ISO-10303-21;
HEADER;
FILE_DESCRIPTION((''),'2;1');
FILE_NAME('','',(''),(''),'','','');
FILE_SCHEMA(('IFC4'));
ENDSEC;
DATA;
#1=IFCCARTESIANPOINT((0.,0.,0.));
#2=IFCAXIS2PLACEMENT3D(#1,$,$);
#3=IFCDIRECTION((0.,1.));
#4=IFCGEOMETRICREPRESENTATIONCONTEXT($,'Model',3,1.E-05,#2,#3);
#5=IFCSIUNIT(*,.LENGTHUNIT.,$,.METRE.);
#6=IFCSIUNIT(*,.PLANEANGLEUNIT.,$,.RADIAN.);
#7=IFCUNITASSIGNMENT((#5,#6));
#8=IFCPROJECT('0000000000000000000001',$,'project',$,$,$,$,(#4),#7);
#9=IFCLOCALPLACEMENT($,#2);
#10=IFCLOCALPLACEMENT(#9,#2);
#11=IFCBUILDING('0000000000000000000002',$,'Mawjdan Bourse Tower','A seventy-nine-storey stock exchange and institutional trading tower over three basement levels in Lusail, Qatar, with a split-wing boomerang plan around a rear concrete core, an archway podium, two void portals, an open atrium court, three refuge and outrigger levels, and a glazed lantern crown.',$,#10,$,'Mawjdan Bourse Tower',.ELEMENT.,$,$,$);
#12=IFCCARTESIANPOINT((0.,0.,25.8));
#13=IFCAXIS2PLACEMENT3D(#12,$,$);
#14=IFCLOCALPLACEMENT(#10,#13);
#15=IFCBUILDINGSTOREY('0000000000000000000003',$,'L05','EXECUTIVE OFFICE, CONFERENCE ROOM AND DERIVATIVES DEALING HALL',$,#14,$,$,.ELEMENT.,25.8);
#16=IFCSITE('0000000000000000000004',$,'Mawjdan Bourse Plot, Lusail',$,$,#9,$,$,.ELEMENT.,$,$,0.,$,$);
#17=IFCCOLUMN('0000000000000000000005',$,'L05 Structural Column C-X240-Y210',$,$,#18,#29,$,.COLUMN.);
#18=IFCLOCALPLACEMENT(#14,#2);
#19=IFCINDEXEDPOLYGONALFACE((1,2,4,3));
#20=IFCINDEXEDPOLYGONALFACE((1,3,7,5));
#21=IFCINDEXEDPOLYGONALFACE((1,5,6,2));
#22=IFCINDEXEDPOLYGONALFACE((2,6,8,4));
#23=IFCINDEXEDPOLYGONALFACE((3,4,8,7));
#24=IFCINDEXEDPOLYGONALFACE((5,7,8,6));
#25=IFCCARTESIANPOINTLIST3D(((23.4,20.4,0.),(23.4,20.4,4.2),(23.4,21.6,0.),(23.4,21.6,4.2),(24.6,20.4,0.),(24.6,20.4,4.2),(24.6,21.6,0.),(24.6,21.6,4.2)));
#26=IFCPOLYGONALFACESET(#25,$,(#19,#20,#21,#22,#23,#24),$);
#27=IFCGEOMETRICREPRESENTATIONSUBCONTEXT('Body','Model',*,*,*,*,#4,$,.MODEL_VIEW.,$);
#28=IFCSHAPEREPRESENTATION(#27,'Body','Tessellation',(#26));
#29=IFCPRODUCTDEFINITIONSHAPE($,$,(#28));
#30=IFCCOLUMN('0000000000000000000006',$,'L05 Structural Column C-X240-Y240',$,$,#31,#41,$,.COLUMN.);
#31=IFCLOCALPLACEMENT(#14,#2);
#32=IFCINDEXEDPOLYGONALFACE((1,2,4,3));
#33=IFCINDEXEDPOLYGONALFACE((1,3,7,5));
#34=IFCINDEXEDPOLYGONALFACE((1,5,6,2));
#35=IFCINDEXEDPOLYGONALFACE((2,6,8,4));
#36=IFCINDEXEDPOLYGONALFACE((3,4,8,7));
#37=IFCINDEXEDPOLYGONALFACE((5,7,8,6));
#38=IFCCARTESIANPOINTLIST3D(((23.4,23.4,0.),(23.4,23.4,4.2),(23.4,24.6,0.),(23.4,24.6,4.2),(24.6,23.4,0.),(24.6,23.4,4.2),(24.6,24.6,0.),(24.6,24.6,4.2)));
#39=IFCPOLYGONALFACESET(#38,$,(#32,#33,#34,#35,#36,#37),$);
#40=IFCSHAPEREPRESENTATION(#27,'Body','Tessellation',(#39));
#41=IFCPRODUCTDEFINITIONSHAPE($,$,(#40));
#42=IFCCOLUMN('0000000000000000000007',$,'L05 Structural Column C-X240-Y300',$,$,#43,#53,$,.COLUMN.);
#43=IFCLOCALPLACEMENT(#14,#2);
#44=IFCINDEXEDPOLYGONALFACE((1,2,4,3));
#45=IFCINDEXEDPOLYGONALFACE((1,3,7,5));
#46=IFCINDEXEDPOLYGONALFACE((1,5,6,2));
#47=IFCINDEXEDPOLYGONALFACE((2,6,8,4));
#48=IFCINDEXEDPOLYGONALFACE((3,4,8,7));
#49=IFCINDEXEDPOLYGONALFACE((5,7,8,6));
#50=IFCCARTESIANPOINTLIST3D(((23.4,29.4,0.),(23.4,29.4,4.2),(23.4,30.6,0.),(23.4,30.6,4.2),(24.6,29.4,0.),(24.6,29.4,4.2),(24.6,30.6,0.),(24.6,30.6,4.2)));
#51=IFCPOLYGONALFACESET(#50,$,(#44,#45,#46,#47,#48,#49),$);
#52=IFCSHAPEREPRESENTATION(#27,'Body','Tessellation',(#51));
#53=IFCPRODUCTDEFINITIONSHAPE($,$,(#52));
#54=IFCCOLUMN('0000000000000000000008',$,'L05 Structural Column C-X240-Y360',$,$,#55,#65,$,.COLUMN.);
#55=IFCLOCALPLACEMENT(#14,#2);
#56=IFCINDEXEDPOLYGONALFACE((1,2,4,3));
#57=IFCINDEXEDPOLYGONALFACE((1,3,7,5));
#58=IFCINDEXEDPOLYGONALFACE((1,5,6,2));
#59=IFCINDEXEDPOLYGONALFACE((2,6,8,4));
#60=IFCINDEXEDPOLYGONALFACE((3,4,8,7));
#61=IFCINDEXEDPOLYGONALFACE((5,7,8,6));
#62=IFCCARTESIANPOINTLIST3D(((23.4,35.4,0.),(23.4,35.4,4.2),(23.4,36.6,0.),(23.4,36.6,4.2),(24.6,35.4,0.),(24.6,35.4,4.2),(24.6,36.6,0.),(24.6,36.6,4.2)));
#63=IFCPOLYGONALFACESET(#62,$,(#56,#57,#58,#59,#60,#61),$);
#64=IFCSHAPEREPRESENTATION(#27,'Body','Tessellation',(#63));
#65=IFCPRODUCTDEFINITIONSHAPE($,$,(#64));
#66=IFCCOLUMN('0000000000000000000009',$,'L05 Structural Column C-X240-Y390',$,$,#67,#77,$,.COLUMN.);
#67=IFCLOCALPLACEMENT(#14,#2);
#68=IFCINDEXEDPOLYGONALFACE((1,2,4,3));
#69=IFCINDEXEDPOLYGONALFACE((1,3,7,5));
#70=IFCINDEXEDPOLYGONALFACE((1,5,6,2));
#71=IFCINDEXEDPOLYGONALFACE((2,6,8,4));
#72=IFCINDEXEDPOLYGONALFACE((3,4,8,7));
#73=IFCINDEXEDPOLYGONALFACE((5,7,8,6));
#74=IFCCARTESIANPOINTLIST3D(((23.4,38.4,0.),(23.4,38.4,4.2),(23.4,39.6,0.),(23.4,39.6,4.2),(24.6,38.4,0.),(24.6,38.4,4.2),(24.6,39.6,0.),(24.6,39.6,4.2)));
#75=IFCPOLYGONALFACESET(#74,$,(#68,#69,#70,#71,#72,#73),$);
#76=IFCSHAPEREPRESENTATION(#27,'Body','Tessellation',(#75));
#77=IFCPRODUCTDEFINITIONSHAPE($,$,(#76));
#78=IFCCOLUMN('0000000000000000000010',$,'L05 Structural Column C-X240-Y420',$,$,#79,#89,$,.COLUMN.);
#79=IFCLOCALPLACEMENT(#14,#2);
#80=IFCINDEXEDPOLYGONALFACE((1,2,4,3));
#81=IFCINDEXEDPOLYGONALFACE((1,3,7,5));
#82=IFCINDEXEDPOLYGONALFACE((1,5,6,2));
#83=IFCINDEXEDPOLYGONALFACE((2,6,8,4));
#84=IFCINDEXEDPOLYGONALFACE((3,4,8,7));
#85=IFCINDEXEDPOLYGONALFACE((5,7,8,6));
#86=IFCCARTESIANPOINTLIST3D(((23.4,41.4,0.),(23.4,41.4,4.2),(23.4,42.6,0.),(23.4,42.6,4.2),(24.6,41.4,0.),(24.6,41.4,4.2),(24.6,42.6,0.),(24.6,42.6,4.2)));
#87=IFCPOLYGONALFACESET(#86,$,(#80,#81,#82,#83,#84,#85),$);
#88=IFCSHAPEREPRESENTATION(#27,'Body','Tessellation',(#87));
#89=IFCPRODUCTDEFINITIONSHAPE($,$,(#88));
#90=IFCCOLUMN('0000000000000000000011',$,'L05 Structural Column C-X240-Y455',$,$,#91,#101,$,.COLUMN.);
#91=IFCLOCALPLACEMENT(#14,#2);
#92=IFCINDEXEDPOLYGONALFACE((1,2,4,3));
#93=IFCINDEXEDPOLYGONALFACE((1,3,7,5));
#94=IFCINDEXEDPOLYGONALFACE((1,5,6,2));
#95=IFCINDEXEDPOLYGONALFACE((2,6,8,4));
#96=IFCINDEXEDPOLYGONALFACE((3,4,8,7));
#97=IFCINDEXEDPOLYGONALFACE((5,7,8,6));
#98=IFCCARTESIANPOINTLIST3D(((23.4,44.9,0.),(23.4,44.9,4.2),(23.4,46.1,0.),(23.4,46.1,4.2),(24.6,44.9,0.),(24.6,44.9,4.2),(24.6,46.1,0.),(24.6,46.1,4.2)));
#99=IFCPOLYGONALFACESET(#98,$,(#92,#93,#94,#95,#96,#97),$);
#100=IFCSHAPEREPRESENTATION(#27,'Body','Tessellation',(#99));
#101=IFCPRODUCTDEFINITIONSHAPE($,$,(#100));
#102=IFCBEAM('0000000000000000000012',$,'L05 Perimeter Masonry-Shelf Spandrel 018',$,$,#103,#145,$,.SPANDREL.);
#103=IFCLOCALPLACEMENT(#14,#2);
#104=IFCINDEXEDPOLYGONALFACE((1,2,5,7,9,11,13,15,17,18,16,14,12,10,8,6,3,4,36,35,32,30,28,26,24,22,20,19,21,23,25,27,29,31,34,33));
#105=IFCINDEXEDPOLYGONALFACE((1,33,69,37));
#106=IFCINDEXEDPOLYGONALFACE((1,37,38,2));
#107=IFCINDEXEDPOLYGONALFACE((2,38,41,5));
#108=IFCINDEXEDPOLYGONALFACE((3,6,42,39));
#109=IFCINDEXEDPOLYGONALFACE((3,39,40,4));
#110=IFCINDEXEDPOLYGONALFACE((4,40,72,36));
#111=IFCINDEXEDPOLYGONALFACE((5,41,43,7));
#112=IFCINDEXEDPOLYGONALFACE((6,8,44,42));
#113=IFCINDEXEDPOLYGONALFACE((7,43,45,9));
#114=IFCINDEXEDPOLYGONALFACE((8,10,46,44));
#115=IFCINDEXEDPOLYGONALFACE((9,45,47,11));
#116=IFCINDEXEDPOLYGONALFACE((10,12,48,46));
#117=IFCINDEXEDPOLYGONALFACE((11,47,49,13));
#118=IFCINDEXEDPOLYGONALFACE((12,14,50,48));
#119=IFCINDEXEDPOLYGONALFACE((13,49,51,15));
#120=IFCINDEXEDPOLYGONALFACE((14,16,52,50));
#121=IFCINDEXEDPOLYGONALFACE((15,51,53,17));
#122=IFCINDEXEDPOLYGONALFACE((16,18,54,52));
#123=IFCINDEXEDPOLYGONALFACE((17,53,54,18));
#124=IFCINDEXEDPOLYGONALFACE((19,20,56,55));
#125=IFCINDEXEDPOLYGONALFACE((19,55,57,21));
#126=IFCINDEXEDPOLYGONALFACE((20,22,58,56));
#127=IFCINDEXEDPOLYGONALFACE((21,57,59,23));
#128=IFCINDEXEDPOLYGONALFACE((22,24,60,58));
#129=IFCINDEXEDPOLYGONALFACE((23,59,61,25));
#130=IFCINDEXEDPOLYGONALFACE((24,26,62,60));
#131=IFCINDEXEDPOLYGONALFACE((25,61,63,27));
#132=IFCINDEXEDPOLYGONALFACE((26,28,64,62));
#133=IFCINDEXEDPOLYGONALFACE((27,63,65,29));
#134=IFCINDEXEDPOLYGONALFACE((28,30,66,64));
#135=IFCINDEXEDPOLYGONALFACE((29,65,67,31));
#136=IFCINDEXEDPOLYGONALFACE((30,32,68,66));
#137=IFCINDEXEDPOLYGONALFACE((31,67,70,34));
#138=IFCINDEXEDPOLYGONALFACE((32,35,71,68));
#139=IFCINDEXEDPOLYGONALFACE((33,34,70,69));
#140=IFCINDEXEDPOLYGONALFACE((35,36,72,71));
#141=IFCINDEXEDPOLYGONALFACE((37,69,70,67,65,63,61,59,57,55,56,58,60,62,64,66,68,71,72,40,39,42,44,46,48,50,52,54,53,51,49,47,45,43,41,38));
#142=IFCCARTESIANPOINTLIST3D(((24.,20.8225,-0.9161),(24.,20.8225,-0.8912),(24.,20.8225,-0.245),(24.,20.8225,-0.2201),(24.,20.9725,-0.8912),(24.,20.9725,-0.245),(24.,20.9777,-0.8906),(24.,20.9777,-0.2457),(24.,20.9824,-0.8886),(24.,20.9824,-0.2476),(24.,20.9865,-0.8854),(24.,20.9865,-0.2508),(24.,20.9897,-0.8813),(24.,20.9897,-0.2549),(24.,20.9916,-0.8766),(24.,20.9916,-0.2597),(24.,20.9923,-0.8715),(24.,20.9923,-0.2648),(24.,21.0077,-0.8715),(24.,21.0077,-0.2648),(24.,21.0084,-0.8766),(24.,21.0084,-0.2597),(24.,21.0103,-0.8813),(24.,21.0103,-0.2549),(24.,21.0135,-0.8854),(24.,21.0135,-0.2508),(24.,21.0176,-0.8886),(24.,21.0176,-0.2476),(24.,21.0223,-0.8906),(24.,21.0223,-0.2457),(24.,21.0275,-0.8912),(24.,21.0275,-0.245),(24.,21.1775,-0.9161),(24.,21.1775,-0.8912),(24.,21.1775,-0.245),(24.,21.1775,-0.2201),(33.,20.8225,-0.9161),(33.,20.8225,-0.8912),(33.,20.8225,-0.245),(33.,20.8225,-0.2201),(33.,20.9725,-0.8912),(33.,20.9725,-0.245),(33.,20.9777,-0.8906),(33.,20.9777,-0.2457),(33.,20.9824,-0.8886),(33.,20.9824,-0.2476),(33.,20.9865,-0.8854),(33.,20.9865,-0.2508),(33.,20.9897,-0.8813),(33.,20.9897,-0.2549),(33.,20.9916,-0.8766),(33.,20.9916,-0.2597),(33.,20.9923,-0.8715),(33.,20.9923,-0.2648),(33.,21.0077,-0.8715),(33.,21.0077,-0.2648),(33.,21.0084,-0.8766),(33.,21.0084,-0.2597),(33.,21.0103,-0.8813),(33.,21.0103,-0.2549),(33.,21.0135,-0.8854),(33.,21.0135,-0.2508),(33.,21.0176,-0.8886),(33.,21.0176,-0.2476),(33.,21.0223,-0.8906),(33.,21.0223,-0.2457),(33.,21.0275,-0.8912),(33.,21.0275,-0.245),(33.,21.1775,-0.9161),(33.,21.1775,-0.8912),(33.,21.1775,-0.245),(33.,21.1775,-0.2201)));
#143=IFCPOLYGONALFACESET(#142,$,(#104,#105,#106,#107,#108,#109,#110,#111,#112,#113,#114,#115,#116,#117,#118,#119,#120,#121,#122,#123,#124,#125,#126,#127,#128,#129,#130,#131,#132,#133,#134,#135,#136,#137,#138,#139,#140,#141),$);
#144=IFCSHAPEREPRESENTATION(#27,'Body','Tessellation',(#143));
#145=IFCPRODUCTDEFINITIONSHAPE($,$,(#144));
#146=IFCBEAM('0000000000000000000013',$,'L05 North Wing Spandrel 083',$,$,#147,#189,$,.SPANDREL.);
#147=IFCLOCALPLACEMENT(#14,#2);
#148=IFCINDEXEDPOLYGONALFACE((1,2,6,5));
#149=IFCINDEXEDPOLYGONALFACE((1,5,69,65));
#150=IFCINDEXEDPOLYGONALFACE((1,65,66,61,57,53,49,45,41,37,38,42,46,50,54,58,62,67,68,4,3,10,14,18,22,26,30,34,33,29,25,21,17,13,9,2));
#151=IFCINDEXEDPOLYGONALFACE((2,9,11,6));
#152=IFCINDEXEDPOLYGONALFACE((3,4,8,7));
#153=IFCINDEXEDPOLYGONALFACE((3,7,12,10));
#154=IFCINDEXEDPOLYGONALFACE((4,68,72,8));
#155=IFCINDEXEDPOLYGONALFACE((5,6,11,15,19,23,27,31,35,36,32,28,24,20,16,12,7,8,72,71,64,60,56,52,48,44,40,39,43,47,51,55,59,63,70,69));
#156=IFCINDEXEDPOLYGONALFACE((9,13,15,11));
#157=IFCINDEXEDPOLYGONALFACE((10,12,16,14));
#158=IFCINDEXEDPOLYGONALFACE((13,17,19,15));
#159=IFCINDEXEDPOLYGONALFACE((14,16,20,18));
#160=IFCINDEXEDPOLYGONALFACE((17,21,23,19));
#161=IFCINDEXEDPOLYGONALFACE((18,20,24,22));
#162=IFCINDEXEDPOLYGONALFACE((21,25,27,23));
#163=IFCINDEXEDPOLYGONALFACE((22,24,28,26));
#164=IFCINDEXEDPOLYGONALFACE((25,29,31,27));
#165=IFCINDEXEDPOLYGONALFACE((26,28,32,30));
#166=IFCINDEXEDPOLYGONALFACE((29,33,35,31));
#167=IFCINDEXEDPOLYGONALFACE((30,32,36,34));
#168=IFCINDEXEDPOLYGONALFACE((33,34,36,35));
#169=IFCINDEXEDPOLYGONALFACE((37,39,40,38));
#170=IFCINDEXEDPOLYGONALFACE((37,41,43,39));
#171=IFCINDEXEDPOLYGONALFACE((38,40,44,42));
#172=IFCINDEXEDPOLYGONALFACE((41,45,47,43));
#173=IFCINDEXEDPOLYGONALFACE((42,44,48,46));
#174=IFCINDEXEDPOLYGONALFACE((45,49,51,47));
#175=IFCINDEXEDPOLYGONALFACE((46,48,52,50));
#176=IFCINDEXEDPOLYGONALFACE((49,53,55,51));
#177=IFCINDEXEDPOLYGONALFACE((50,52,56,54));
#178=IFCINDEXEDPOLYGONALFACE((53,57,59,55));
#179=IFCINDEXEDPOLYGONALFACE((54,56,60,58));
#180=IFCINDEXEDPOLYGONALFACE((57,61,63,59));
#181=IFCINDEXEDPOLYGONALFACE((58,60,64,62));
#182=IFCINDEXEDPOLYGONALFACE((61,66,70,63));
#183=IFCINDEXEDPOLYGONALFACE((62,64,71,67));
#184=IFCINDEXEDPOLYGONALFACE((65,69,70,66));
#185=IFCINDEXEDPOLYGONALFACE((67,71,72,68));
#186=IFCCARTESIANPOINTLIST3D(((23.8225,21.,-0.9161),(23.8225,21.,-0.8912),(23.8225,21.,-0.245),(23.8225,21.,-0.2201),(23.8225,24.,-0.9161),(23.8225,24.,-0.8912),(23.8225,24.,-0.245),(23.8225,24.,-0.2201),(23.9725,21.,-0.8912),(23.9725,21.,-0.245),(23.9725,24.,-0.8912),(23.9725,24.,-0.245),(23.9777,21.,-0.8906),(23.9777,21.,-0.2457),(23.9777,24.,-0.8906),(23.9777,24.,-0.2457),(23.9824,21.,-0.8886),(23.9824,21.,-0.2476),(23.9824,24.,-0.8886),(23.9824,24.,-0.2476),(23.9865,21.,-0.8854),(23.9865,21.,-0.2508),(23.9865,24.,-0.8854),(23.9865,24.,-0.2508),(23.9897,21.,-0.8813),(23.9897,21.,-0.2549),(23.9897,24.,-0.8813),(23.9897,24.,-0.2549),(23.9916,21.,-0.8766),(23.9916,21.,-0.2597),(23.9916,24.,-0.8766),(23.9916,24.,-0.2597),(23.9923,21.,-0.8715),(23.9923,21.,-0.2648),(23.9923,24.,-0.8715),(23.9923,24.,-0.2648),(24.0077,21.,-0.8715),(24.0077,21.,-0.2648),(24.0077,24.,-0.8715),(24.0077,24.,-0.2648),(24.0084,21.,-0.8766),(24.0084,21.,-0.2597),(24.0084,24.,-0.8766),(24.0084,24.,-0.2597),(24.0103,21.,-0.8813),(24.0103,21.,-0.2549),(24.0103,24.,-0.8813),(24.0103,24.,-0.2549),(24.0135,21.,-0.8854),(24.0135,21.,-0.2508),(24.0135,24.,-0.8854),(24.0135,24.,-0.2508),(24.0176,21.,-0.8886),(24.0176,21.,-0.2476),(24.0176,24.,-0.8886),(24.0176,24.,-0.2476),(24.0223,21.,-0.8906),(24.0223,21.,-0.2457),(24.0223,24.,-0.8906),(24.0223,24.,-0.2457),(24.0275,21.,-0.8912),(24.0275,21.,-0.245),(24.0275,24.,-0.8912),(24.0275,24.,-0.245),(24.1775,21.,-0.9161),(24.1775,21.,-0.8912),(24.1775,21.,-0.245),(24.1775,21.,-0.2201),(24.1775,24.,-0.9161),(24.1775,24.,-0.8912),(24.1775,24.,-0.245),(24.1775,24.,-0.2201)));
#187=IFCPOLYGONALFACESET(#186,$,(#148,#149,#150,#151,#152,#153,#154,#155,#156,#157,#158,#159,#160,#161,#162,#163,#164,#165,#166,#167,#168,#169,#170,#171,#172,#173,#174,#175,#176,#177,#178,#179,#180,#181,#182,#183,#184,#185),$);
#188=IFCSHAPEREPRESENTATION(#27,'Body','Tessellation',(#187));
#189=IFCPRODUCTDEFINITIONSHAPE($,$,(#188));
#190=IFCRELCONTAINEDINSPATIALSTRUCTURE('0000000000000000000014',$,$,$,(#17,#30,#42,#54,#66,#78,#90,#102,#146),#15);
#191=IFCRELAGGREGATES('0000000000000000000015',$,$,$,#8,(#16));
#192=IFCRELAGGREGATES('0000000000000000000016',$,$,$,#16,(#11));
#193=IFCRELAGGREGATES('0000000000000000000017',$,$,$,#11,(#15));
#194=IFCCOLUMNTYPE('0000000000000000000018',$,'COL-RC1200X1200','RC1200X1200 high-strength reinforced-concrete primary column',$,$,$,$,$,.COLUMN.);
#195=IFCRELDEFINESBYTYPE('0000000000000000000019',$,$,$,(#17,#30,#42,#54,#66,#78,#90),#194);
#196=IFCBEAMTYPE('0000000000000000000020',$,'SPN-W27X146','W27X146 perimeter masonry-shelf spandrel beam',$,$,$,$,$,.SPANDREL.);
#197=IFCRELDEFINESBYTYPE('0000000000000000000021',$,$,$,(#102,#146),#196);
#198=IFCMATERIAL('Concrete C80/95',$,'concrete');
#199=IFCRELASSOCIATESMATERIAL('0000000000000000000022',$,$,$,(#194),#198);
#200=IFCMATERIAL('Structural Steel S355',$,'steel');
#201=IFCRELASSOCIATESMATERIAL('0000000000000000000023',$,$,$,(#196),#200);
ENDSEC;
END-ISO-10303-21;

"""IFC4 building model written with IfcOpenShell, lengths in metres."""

from ifc_helpers import new_model, si_unit, direction, frame, origin, origin_2d, place, context, subcontext, project, spatial, rectangle, i_section, extrude, material, material_profile, profile_set, type_object, element, save


model = new_model("IFC4")

# Units and contexts
model_context = context("Model", 3, precision=1e-05, world=origin(), true_north=direction((0.0, 1.0)))
body_context = subcontext(model_context, "Body", "Model", "MODEL_VIEW")
ifc_project = project(units=[si_unit("LENGTHUNIT", "METRE"), si_unit("PLANEANGLEUNIT", "RADIAN")], contexts=[model_context])

# Site, building, storey
site_placement = place(None, origin())
site = spatial("IfcSite", under=ifc_project, at=site_placement, Name="Mawjdan Bourse Plot, Lusail", CompositionType="ELEMENT", RefElevation=0.0)
building_placement = place(site_placement, origin())
building = spatial("IfcBuilding", under=site, at=building_placement, Name="Mawjdan Bourse Tower", Description="A seventy-nine-storey stock exchange and institutional trading tower over three basement levels in Lusail, Qatar, with a split-wing boomerang plan around a rear concrete core, an archway podium, two void portals, an open atrium court, three refuge and outrigger levels, and a glazed lantern crown.", LongName="Mawjdan Bourse Tower", CompositionType="ELEMENT")
storey_placement = place(building_placement, frame((0.0, 0.0, 25.8)))
storey = spatial("IfcBuildingStorey", under=building, at=storey_placement, Name="L05", Description="EXECUTIVE OFFICE, CONFERENCE ROOM AND DERIVATIVES DEALING HALL", CompositionType="ELEMENT", Elevation=25.8)

# Columns
ifc_material_1 = material(Name="Concrete C80/95", Category="concrete")
ifc_material_profile_1 = material_profile(ifc_material_1, rectangle(XDim=1.2, YDim=1.2, at=origin_2d()), Name="RC1200X1200")
ifc_profile_set_1 = profile_set([ifc_material_profile_1], Name="Concrete C80/95")
column_type = type_object("IfcColumnType", Name="COL-RC1200X1200", Description="RC1200X1200 high-strength reinforced-concrete primary column", PredefinedType="COLUMN", material=ifc_profile_set_1)
for number, where, z_axis, x_axis, name in (
    (1, (24.0, 21.0, 0.0), (0.0, 0.0, 1.0), (1.0, 0.0, 0.0), "L05 Structural Column C-X240-Y210"),
    (2, (24.0, 24.0, 0.0), (0.0, 0.0, 1.0), (1.0, 0.0, 0.0), "L05 Structural Column C-X240-Y240"),
    (3, (24.0, 30.0, 0.0), (0.0, 0.0, 1.0), (1.0, 0.0, 0.0), "L05 Structural Column C-X240-Y300"),
    (4, (24.0, 36.0, 0.0), (0.0, 0.0, 1.0), (1.0, 0.0, 0.0), "L05 Structural Column C-X240-Y360"),
    (5, (24.0, 39.0, 0.0), (0.0, 0.0, 1.0), (1.0, 0.0, 0.0), "L05 Structural Column C-X240-Y390"),
    (6, (24.0, 42.0, 0.0), (0.0, 0.0, 1.0), (1.0, 0.0, 0.0), "L05 Structural Column C-X240-Y420"),
    (7, (24.0, 45.5, 0.0), (0.0, 0.0, 1.0), (1.0, 0.0, 0.0), "L05 Structural Column C-X240-Y455"),
):
    element("IfcColumn", number, at=place(storey_placement, frame(where, z_axis=z_axis, x_axis=x_axis)), inside=storey, type_object=column_type, Name=name, PredefinedType="COLUMN", context=body_context, shape_type="SweptSolid", body=[
        extrude(rectangle(XDim=1.2, YDim=1.2, at=origin_2d()), origin(), (0.0, 0.0, 1.0), 4.2),
    ])

# Beams
ifc_material_2 = material(Name="Structural Steel S355", Category="steel")
ifc_material_profile_2 = material_profile(ifc_material_2, i_section(OverallWidth=0.355, OverallDepth=0.696, WebThickness=0.0154, FlangeThickness=0.0249, FilletRadius=0.0198, at=origin_2d()), Name="W27X146")
ifc_profile_set_2 = profile_set([ifc_material_profile_2], Name="Structural Steel S355")
beam_type = type_object("IfcBeamType", Name="SPN-W27X146", Description="W27X146 perimeter masonry-shelf spandrel beam", PredefinedType="SPANDREL", material=ifc_profile_set_2)
beam_1_placement = place(storey_placement, frame((24.0, 21.0, -0.5681), z_axis=(1.0, 0.0, 0.0), x_axis=(0.0, 1.0, 0.0)))
element("IfcBeam", 8, at=beam_1_placement, inside=storey, type_object=beam_type, Name="L05 Perimeter Masonry-Shelf Spandrel 018", PredefinedType="SPANDREL", context=body_context, shape_type="SweptSolid", body=[
    extrude(i_section(OverallWidth=0.355, OverallDepth=0.696, WebThickness=0.0154, FlangeThickness=0.0249, FilletRadius=0.0198, at=origin_2d()), origin(), (0.0, 0.0, 1.0), 9.0),
])
beam_2_placement = place(storey_placement, frame((24.0, 21.0, -0.5681), z_axis=(0.0, 1.0, 0.0), x_axis=(-1.0, 0.0, 0.0)))
element("IfcBeam", 9, at=beam_2_placement, inside=storey, type_object=beam_type, Name="L05 North Wing Spandrel 083", PredefinedType="SPANDREL", context=body_context, shape_type="SweptSolid", body=[
    extrude(i_section(OverallWidth=0.355, OverallDepth=0.696, WebThickness=0.0154, FlangeThickness=0.0249, FilletRadius=0.0198, at=origin_2d()), origin(), (0.0, 0.0, 1.0), 3.0),
])

save(model, "model.ifc")
